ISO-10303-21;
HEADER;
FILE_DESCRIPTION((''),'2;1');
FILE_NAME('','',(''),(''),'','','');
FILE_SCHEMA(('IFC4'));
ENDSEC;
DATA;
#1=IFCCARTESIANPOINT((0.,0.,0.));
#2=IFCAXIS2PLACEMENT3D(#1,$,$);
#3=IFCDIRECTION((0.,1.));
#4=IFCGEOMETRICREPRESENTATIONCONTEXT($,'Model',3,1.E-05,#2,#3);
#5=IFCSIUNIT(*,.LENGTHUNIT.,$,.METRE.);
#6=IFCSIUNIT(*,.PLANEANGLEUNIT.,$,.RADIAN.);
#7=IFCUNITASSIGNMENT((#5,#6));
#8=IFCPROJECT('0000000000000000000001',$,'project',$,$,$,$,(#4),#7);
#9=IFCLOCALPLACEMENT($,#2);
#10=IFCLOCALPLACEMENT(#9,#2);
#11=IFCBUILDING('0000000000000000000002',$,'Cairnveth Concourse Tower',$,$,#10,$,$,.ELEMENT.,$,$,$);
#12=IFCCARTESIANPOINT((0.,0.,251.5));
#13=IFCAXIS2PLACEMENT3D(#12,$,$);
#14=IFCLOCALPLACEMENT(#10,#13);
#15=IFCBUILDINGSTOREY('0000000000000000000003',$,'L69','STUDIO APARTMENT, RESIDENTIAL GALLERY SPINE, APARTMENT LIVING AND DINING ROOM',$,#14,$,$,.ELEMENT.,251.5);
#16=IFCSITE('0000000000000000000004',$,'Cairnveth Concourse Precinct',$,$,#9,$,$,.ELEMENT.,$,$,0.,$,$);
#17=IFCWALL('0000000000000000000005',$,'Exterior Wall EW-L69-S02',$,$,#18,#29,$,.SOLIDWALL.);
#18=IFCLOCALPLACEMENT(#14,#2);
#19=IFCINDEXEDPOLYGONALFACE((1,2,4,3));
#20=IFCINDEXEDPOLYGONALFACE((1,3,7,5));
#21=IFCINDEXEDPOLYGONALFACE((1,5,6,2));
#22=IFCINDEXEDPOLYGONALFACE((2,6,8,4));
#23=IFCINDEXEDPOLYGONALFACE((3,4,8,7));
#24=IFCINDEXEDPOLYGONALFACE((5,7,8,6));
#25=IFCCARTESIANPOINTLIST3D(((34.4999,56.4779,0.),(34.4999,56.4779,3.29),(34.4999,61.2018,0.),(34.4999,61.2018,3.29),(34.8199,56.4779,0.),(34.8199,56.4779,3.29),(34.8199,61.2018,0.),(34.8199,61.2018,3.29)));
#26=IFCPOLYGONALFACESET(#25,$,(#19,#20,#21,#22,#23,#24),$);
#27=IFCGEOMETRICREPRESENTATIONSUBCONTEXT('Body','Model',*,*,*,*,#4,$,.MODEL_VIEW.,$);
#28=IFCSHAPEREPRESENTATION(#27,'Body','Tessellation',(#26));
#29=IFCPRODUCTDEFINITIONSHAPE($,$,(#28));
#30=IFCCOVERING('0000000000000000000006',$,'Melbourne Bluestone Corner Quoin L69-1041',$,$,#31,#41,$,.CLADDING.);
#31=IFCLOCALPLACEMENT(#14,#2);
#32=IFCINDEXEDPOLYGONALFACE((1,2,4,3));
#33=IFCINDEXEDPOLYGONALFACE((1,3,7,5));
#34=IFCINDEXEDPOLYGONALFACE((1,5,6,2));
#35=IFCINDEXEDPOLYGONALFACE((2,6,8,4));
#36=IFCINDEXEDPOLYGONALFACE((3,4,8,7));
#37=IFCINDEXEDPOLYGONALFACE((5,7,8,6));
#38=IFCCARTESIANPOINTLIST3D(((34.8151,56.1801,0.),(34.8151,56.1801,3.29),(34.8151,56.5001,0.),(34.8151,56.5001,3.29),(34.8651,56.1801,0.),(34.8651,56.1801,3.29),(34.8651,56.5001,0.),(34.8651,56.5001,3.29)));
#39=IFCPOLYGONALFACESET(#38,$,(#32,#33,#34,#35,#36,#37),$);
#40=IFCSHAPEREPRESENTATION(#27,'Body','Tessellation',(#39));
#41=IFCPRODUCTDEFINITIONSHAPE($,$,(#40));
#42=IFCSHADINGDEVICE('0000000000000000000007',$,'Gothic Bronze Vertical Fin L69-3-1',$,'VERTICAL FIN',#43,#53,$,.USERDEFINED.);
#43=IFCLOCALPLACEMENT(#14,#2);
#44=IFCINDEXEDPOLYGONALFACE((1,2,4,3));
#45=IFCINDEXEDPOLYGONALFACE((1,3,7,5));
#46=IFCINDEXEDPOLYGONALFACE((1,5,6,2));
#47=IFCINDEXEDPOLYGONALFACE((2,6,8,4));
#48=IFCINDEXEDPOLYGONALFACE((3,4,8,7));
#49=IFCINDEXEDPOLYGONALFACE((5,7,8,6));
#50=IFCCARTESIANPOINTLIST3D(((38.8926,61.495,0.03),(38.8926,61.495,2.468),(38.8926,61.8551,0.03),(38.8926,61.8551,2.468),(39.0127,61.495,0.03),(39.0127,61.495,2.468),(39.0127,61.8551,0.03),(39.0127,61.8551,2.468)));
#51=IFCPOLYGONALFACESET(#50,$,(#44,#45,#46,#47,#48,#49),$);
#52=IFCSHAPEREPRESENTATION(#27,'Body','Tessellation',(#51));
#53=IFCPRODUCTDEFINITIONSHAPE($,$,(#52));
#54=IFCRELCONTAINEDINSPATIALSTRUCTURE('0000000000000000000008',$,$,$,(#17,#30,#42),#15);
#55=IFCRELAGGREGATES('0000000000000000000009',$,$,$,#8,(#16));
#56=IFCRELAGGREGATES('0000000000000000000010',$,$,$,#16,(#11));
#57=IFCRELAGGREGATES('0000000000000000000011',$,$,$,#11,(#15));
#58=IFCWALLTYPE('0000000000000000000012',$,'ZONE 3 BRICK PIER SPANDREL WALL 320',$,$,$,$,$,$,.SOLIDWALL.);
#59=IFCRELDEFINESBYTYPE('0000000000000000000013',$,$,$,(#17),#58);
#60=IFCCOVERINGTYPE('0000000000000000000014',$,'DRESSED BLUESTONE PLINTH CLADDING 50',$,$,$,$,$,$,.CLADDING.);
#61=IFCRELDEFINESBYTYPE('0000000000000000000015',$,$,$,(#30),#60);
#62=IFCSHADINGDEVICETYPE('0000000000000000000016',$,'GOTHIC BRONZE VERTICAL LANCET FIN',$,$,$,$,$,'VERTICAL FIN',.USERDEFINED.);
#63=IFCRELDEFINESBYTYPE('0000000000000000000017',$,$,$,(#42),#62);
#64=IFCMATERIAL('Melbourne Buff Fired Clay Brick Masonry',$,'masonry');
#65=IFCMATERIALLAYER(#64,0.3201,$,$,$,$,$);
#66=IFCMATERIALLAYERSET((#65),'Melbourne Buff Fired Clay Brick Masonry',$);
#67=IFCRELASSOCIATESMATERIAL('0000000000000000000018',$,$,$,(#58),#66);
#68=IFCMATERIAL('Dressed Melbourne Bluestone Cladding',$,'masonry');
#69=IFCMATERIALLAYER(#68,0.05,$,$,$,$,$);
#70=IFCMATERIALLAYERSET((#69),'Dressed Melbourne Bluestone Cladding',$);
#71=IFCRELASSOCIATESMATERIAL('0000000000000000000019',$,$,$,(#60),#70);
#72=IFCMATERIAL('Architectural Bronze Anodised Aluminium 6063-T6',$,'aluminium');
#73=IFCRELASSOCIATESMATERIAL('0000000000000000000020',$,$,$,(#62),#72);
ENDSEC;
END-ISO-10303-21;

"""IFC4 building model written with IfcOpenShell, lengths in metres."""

from ifc_helpers import new_model, si_unit, direction, frame, frame_2d, origin, origin_2d, place, context, subcontext, project, spatial, rectangle, extrude, material, layer, layer_set, type_object, element, save


model = new_model("IFC4")

# Units and contexts
model_context = context("Model", 3, precision=1e-05, world=origin(), true_north=direction((0.0, 1.0)))
body_context = subcontext(model_context, "Body", "Model", "MODEL_VIEW")
ifc_project = project(units=[si_unit("LENGTHUNIT", "METRE"), si_unit("PLANEANGLEUNIT", "RADIAN")], contexts=[model_context])

# Site, building, storey
site_placement = place(None, origin())
site = spatial("IfcSite", under=ifc_project, at=site_placement, Name="Cairnveth Concourse Precinct", CompositionType="ELEMENT", RefElevation=0.0)
building_placement = place(site_placement, origin())
building = spatial("IfcBuilding", under=site, at=building_placement, Name="Cairnveth Concourse Tower", CompositionType="ELEMENT")
storey_placement = place(building_placement, frame((0.0, 0.0, 251.5)))
storey = spatial("IfcBuildingStorey", under=building, at=storey_placement, Name="L69", Description="STUDIO APARTMENT, RESIDENTIAL GALLERY SPINE, APARTMENT LIVING AND DINING ROOM", CompositionType="ELEMENT", Elevation=251.5)

# Wall
ifc_material_1 = material(Name="Melbourne Buff Fired Clay Brick Masonry", Category="masonry")
ifc_layer_1 = layer(ifc_material_1, 0.3201)
ifc_layer_set_1 = layer_set([ifc_layer_1], Name="Melbourne Buff Fired Clay Brick Masonry")
wall_type_1 = type_object("IfcWallType", Name="ZONE 3 BRICK PIER SPANDREL WALL 320", PredefinedType="SOLIDWALL", material=ifc_layer_set_1)
wall_1_placement = place(storey_placement, frame((34.6599, 56.478, 0.0), z_axis=(0.0, 0.0, 1.0), x_axis=(0.0, 1.0, 0.0)))
element("IfcWall", 1, at=wall_1_placement, inside=storey, type_object=wall_type_1, Name="Exterior Wall EW-L69-S02", PredefinedType="SOLIDWALL", context=body_context, shape_type="SweptSolid", body=[
    extrude(rectangle(XDim=4.7239, YDim=0.3201, at=frame_2d((2.3618, 0.0))), origin(), (0.0, 0.0, 1.0), 3.29),
])

# Covering
ifc_material_2 = material(Name="Dressed Melbourne Bluestone Cladding", Category="masonry")
ifc_layer_2 = layer(ifc_material_2, 0.05)
ifc_layer_set_2 = layer_set([ifc_layer_2], Name="Dressed Melbourne Bluestone Cladding")
covering_type = type_object("IfcCoveringType", Name="DRESSED BLUESTONE PLINTH CLADDING 50", PredefinedType="CLADDING", material=ifc_layer_set_2)
covering_placement = place(storey_placement, frame((34.8401, 56.1799, 0.0), z_axis=(0.0, 0.0, 1.0), x_axis=(0.0, 1.0, 0.0)))
element("IfcCovering", 2, at=covering_placement, inside=storey, type_object=covering_type, Name="Melbourne Bluestone Corner Quoin L69-1041", PredefinedType="CLADDING", context=body_context, shape_type="SweptSolid", body=[
    extrude(rectangle(XDim=0.3201, YDim=0.05, at=frame_2d((0.1602, 0.0))), origin(), (0.0, 0.0, 1.0), 3.29),
])

# Shading device
ifc_material_3 = material(Name="Architectural Bronze Anodised Aluminium 6063-T6", Category="aluminium")
shading_device_type = type_object("IfcShadingDeviceType", Name="GOTHIC BRONZE VERTICAL LANCET FIN", ElementType="VERTICAL FIN", PredefinedType="USERDEFINED", material=ifc_material_3)
shading_device_placement = place(storey_placement, frame((38.9526, 61.675, 0.03), z_axis=(0.0, 0.0, 1.0), x_axis=(1.0, 0.0, 0.0)))
element("IfcShadingDevice", 3, at=shading_device_placement, inside=storey, type_object=shading_device_type, Name="Gothic Bronze Vertical Fin L69-3-1", ObjectType="VERTICAL FIN", PredefinedType="USERDEFINED", context=body_context, shape_type="SweptSolid", body=[
    extrude(rectangle(XDim=0.1201, YDim=0.3601, at=origin_2d()), origin(), (0.0, 0.0, 1.0), 2.438),
])

save(model, "model.ifc")
